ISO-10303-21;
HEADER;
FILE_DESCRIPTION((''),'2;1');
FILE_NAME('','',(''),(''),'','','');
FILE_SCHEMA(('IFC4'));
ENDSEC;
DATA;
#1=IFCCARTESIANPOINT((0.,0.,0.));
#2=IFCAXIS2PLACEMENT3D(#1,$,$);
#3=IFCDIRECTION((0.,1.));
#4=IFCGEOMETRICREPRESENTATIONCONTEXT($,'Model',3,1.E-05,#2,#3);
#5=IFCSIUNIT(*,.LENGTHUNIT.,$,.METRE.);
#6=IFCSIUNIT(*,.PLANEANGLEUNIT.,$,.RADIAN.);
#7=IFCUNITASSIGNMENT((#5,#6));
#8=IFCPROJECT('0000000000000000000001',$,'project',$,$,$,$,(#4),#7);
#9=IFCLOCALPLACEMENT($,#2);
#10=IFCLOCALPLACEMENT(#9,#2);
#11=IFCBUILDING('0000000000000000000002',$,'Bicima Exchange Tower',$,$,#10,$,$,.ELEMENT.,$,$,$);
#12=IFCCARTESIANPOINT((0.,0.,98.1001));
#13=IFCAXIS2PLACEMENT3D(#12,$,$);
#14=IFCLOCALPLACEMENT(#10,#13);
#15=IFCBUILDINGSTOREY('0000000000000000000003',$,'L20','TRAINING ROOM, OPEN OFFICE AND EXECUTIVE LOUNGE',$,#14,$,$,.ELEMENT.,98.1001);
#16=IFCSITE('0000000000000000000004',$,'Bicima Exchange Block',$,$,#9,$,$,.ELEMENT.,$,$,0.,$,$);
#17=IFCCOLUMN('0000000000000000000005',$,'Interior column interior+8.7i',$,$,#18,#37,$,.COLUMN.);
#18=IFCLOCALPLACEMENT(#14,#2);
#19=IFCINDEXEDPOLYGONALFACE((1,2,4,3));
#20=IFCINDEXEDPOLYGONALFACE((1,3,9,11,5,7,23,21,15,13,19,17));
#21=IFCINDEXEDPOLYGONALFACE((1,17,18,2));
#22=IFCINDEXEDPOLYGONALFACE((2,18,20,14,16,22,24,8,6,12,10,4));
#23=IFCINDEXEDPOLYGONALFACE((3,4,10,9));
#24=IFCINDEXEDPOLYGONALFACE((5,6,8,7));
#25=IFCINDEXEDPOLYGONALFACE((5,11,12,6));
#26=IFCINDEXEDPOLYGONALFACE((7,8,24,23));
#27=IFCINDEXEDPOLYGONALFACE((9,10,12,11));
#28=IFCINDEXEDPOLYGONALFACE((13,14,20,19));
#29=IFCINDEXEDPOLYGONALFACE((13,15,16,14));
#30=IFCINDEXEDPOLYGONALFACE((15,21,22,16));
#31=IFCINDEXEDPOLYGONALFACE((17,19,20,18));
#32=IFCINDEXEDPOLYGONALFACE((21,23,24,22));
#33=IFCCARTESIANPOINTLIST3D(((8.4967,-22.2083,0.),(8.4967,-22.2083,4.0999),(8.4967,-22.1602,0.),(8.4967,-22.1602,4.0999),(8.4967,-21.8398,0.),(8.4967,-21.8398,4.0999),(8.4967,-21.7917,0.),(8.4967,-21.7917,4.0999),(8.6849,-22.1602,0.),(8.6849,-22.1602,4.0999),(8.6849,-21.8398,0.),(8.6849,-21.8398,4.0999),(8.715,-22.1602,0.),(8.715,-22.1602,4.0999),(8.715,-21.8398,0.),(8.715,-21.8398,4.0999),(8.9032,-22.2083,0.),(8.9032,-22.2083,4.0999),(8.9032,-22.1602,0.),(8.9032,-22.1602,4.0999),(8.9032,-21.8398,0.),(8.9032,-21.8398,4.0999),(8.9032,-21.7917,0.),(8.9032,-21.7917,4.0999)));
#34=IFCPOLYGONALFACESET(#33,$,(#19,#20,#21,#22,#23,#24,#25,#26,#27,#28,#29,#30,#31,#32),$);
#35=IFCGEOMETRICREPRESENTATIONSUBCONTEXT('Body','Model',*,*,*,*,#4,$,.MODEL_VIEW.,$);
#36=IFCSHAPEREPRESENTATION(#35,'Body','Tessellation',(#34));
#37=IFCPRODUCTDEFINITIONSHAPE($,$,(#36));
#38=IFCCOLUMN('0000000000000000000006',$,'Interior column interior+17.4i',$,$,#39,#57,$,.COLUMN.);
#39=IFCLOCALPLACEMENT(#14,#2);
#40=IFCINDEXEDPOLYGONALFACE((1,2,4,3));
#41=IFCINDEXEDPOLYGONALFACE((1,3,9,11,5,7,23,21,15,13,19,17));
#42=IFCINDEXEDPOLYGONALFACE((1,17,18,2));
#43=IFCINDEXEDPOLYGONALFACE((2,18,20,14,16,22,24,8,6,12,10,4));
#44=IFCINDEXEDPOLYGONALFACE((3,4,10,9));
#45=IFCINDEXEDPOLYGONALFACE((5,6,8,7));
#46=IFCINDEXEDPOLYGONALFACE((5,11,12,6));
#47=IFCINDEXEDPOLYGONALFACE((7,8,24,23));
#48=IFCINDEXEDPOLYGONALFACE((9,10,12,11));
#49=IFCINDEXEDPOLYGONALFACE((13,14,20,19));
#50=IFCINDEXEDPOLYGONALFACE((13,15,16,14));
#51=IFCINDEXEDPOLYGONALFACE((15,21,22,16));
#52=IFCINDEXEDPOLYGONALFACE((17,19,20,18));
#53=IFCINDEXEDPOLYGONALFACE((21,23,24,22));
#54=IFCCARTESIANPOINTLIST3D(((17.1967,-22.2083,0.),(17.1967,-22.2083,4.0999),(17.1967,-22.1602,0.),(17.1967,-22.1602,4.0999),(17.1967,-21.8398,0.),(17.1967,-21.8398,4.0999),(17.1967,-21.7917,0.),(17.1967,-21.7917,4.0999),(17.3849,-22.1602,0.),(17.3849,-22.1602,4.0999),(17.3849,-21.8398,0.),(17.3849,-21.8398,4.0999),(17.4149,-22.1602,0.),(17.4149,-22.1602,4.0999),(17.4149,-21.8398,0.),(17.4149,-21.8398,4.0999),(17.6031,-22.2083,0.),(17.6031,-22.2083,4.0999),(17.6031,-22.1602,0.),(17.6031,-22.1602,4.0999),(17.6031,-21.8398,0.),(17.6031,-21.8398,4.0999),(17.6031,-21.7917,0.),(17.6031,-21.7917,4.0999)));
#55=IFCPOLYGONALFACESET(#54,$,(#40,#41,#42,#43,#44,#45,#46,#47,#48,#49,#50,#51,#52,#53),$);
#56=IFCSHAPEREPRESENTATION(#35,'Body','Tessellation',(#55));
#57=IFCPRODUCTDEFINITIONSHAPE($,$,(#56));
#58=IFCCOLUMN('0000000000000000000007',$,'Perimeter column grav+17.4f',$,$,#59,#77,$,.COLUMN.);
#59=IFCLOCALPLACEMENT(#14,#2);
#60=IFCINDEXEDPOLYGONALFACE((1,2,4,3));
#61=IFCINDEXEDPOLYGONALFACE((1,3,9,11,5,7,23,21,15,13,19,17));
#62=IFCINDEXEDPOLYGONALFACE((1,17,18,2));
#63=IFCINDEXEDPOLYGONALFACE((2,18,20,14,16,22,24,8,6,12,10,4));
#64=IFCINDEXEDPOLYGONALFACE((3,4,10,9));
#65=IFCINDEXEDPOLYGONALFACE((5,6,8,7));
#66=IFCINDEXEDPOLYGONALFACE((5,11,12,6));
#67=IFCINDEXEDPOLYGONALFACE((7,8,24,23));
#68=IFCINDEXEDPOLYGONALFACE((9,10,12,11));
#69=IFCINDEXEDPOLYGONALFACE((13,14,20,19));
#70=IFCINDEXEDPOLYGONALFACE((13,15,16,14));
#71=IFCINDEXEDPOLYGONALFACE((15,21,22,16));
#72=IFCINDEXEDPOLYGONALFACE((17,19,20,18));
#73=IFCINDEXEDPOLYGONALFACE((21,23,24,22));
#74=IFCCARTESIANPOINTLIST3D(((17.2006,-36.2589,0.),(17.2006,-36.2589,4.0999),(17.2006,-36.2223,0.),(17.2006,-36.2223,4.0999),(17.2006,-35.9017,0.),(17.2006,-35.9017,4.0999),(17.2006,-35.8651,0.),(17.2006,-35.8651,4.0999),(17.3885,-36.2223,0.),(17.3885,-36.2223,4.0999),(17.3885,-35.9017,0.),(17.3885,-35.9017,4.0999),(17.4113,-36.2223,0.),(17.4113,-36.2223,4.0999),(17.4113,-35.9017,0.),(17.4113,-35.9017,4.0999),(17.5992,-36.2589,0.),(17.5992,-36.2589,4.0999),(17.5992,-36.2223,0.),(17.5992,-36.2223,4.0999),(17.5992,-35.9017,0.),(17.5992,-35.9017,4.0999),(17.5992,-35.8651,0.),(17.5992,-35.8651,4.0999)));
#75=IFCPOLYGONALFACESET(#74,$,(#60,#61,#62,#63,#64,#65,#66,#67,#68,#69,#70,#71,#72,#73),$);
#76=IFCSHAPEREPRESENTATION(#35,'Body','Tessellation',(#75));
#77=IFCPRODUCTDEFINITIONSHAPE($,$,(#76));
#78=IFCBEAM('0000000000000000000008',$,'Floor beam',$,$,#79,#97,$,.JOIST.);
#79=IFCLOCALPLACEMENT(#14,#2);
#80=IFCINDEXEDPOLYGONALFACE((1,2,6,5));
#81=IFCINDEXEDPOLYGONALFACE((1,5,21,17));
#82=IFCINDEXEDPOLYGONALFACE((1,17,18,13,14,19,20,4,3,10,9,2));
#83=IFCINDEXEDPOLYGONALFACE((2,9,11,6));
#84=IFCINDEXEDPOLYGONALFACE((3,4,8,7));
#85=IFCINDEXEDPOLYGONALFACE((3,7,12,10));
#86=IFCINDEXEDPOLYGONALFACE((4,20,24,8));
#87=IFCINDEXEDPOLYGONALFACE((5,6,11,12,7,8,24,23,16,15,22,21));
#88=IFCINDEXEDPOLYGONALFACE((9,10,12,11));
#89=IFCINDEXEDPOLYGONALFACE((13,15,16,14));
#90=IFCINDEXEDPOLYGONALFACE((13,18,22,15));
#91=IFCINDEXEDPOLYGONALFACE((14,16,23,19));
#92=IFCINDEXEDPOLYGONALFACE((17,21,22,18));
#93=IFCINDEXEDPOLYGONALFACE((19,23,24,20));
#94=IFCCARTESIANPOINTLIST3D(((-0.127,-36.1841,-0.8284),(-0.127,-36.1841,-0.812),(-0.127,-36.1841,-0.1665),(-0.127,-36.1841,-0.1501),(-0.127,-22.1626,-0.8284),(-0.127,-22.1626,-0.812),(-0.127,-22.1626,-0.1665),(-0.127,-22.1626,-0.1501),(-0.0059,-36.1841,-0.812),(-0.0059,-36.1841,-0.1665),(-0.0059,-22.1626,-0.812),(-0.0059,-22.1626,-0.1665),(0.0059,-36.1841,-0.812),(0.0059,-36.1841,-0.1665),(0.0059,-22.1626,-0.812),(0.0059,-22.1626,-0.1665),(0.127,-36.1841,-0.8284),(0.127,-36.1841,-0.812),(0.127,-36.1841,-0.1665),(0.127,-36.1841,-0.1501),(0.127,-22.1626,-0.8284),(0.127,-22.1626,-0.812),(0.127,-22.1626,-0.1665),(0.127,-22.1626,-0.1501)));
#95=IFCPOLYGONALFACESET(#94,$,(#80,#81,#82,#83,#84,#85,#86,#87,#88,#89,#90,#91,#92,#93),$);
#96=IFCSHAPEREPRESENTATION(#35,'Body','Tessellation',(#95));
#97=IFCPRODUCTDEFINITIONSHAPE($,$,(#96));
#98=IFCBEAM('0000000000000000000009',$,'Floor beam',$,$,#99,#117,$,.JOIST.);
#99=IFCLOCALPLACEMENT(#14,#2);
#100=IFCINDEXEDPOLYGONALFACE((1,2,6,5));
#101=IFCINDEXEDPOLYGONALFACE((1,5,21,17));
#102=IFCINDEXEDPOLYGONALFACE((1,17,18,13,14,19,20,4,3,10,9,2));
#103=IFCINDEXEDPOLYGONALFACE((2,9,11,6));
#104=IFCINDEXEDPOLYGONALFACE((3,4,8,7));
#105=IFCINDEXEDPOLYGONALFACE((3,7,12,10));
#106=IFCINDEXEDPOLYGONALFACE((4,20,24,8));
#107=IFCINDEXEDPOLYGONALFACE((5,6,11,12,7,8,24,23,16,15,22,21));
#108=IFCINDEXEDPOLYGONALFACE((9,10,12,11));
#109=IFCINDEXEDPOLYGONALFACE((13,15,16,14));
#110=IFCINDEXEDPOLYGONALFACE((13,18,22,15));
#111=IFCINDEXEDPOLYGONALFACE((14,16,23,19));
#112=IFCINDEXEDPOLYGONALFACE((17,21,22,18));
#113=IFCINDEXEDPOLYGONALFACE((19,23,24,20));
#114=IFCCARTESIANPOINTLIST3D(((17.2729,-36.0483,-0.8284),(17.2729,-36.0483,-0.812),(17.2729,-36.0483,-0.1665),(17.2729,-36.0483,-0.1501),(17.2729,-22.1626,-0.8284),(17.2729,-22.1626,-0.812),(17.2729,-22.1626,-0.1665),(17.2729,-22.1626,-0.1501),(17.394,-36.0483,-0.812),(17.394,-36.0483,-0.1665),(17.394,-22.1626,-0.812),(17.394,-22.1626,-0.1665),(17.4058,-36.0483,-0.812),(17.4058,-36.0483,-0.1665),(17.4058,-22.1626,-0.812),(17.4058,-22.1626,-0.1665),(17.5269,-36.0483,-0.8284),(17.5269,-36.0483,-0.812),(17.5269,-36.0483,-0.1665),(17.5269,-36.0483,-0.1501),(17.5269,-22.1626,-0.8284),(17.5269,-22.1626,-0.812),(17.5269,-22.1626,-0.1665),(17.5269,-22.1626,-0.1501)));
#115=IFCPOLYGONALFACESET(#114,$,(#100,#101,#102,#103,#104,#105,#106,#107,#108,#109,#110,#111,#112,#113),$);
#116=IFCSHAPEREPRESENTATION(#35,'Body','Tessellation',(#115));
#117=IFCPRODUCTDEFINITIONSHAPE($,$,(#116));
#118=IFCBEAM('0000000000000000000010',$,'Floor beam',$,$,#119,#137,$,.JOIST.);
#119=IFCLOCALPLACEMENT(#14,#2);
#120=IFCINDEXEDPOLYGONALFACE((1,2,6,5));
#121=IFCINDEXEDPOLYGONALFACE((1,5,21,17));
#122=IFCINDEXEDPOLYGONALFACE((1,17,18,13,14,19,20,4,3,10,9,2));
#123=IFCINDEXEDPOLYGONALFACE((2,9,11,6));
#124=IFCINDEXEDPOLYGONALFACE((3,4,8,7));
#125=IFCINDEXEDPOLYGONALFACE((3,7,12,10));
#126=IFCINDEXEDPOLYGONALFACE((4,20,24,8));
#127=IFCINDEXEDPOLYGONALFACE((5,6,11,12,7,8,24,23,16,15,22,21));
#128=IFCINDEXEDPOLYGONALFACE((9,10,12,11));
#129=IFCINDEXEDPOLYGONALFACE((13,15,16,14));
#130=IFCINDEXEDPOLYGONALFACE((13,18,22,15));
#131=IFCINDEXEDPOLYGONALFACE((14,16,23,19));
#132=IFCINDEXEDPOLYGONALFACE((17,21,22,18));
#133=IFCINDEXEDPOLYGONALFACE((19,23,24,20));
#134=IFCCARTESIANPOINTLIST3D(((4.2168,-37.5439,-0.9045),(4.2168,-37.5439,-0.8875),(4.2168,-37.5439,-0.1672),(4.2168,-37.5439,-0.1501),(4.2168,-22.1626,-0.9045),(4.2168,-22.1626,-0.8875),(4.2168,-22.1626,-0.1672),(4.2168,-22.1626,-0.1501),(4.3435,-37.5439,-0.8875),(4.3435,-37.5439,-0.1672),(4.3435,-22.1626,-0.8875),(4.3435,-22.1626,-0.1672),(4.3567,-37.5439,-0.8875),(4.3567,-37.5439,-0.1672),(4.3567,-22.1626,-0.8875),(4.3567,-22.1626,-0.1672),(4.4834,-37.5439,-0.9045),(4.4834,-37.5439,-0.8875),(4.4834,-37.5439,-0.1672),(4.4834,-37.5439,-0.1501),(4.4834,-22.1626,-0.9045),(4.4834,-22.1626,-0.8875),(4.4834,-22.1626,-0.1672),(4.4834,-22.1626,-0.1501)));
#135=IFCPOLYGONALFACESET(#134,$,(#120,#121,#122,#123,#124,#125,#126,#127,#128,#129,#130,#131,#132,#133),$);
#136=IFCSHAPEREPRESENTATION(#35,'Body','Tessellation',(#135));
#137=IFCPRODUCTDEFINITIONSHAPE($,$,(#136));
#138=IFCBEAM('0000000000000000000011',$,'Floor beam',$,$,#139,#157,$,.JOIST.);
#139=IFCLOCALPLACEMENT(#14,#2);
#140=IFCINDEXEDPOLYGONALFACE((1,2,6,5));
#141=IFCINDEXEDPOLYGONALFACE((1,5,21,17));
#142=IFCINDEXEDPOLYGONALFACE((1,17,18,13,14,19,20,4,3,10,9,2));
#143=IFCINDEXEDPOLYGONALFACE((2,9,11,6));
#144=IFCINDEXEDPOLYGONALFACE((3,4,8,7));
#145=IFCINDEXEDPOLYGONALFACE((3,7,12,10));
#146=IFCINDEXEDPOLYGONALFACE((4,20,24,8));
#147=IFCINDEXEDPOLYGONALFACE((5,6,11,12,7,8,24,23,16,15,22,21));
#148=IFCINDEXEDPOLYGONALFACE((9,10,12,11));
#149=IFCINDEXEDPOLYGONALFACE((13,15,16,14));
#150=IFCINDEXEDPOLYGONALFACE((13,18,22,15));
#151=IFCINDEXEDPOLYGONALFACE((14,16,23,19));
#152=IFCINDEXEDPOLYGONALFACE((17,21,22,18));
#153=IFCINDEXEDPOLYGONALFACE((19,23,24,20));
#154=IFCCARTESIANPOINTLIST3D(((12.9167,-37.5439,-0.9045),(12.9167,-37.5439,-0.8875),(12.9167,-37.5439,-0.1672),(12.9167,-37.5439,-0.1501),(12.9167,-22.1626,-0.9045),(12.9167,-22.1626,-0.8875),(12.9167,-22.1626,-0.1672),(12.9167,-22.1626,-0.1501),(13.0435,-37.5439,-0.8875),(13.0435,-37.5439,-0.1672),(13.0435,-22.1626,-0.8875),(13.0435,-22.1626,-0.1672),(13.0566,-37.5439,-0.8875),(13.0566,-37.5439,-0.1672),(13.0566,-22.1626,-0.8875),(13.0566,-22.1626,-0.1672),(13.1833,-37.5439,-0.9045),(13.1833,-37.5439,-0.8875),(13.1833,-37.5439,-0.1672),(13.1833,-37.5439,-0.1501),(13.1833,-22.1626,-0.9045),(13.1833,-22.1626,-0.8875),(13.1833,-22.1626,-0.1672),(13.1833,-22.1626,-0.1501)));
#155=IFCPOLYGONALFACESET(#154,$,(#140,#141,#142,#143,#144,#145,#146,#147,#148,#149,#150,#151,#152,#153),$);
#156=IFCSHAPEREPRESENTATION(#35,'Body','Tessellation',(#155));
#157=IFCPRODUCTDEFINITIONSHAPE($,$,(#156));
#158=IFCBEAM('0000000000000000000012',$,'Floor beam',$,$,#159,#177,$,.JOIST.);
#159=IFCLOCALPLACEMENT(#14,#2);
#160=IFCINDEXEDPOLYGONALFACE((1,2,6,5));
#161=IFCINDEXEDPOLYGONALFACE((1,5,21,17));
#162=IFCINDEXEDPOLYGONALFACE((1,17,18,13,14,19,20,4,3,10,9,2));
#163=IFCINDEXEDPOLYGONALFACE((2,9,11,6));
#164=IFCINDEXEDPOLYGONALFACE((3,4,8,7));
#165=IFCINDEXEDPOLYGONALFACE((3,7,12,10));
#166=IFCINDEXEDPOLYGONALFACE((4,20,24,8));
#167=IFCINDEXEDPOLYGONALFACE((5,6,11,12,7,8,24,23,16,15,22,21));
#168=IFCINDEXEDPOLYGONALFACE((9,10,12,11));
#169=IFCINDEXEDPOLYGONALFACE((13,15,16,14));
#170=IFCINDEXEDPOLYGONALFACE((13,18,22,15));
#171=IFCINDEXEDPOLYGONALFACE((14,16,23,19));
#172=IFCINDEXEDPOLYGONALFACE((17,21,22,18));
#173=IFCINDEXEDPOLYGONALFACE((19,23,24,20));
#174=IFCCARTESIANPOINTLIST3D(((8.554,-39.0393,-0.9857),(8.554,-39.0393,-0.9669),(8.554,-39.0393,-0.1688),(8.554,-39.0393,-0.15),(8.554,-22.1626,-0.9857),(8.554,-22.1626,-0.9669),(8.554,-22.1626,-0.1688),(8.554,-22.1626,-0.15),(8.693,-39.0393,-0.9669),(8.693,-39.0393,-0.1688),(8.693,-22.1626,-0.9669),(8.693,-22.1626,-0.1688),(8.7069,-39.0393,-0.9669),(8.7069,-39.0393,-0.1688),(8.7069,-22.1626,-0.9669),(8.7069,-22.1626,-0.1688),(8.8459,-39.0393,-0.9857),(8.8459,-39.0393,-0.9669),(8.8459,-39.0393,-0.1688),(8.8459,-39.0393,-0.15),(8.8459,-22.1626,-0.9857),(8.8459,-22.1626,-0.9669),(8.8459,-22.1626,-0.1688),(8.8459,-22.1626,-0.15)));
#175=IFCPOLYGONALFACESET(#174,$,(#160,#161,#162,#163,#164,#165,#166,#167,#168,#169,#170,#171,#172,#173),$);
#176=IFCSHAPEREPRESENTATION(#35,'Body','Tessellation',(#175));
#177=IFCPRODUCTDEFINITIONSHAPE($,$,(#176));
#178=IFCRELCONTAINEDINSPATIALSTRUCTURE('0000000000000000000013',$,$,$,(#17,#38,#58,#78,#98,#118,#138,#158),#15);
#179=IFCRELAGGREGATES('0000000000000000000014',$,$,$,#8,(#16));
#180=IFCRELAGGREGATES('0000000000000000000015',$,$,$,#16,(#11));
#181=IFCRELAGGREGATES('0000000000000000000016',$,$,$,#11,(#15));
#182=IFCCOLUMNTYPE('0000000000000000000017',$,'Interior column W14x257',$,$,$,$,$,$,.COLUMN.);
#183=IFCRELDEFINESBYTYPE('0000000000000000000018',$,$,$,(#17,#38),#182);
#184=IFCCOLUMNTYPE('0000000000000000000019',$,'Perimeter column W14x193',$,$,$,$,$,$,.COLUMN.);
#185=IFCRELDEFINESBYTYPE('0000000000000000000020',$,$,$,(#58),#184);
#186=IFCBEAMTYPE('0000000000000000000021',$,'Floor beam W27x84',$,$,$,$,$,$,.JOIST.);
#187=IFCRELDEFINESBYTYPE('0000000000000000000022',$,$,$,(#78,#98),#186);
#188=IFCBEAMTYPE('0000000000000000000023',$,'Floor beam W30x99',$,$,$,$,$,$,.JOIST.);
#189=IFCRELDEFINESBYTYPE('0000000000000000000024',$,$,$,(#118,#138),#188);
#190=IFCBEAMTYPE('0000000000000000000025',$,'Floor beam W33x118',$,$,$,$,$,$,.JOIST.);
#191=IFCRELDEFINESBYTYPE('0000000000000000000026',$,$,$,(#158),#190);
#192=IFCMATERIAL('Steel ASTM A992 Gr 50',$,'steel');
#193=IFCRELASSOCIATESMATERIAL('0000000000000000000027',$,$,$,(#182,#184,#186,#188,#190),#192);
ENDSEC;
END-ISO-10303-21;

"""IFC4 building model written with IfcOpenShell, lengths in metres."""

from ifc_helpers import new_model, si_unit, direction, frame, origin, origin_2d, place, context, subcontext, project, spatial, i_section, extrude, material, material_profile, profile_set, type_object, element, save


model = new_model("IFC4")

# Units and contexts
model_context = context("Model", 3, precision=1e-05, world=origin(), true_north=direction((0.0, 1.0)))
body_context = subcontext(model_context, "Body", "Model", "MODEL_VIEW")
ifc_project = project(units=[si_unit("LENGTHUNIT", "METRE"), si_unit("PLANEANGLEUNIT", "RADIAN")], contexts=[model_context])

# Site, building, storey
site_placement = place(None, origin())
site = spatial("IfcSite", under=ifc_project, at=site_placement, Name="Bicima Exchange Block", CompositionType="ELEMENT", RefElevation=0.0)
building_placement = place(site_placement, origin())
building = spatial("IfcBuilding", under=site, at=building_placement, Name="Bicima Exchange Tower", CompositionType="ELEMENT")
storey_placement = place(building_placement, frame((0.0, 0.0, 98.1001)))
storey = spatial("IfcBuildingStorey", under=building, at=storey_placement, Name="L20", Description="TRAINING ROOM, OPEN OFFICE AND EXECUTIVE LOUNGE", CompositionType="ELEMENT", Elevation=98.1001)

# Columns
ifc_material_1 = material(Name="Steel ASTM A992 Gr 50", Category="steel")
ifc_material_profile_1 = material_profile(ifc_material_1, i_section(OverallWidth=0.4065, OverallDepth=0.4165, WebThickness=0.03, FlangeThickness=0.0481, at=origin_2d()))
ifc_profile_set_1 = profile_set([ifc_material_profile_1], Name="Steel ASTM A992 Gr 50")
column_type_1 = type_object("IfcColumnType", Name="Interior column W14x257", PredefinedType="COLUMN", material=ifc_profile_set_1)
for number, where, z_axis, x_axis, name in (
    (1, (8.7, -22.0, 0.0), (0.0, 0.0, 1.0), (1.0, 0.0, 0.0), "Interior column interior+8.7i"),
    (2, (17.3999, -22.0, 0.0), (0.0, 0.0, 1.0), (1.0, 0.0, 0.0), "Interior column interior+17.4i"),
):
    element("IfcColumn", number, at=place(storey_placement, frame(where, z_axis=z_axis, x_axis=x_axis)), inside=storey, type_object=column_type_1, Name=name, PredefinedType="COLUMN", context=body_context, shape_type="SweptSolid", body=[
        extrude(i_section(OverallWidth=0.4065, OverallDepth=0.4165, WebThickness=0.03, FlangeThickness=0.0481, at=origin_2d()), origin(), (0.0, 0.0, 1.0), 4.0999),
    ])
ifc_material_profile_2 = material_profile(ifc_material_1, i_section(OverallWidth=0.3987, OverallDepth=0.3938, WebThickness=0.0227, FlangeThickness=0.0366, at=origin_2d()))
ifc_profile_set_2 = profile_set([ifc_material_profile_2], Name="Steel ASTM A992 Gr 50")
column_type_2 = type_object("IfcColumnType", Name="Perimeter column W14x193", PredefinedType="COLUMN", material=ifc_profile_set_2)
column_placement = place(storey_placement, frame((17.3999, -36.062, 0.0), z_axis=(0.0, 0.0, 1.0), x_axis=(1.0, 0.0, 0.0)))
element("IfcColumn", 3, at=column_placement, inside=storey, type_object=column_type_2, Name="Perimeter column grav+17.4f", PredefinedType="COLUMN", context=body_context, shape_type="SweptSolid", body=[
    extrude(i_section(OverallWidth=0.3987, OverallDepth=0.3938, WebThickness=0.0227, FlangeThickness=0.0366, at=origin_2d()), origin(), (0.0, 0.0, 1.0), 4.0999),
])

# Beams
ifc_material_profile_3 = material_profile(ifc_material_1, i_section(OverallWidth=0.2539, OverallDepth=0.6782, WebThickness=0.0117, FlangeThickness=0.0164, at=origin_2d()))
ifc_profile_set_3 = profile_set([ifc_material_profile_3], Name="Steel ASTM A992 Gr 50")
beam_type_1 = type_object("IfcBeamType", Name="Floor beam W27x84", PredefinedType="JOIST", material=ifc_profile_set_3)
beam_1_placement = place(storey_placement, frame((0.0, -22.1626, -0.4893), z_axis=(0.0, -1.0, 0.0), x_axis=(1.0, 0.0, 0.0)))
element("IfcBeam", 4, at=beam_1_placement, inside=storey, type_object=beam_type_1, Name="Floor beam", PredefinedType="JOIST", context=body_context, shape_type="SweptSolid", body=[
    extrude(i_section(OverallWidth=0.2539, OverallDepth=0.6782, WebThickness=0.0117, FlangeThickness=0.0164, at=origin_2d()), origin(), (0.0, 0.0, 1.0), 14.0215),
])
beam_2_placement = place(storey_placement, frame((17.3999, -22.1626, -0.4893), z_axis=(0.0, -1.0, 0.0), x_axis=(1.0, 0.0, 0.0)))
element("IfcBeam", 5, at=beam_2_placement, inside=storey, type_object=beam_type_1, Name="Floor beam", PredefinedType="JOIST", context=body_context, shape_type="SweptSolid", body=[
    extrude(i_section(OverallWidth=0.2539, OverallDepth=0.6782, WebThickness=0.0117, FlangeThickness=0.0164, at=origin_2d()), origin(), (0.0, 0.0, 1.0), 13.8857),
])
ifc_material_profile_4 = material_profile(ifc_material_1, i_section(OverallWidth=0.2666, OverallDepth=0.7544, WebThickness=0.0132, FlangeThickness=0.0171, at=origin_2d()))
ifc_profile_set_4 = profile_set([ifc_material_profile_4], Name="Steel ASTM A992 Gr 50")
beam_type_2 = type_object("IfcBeamType", Name="Floor beam W30x99", PredefinedType="JOIST", material=ifc_profile_set_4)
for number, where, z_axis, x_axis, name in (
    (6, (4.3501, -22.1626, -0.5273), (0.0, -1.0, 0.0), (1.0, 0.0, 0.0), "Floor beam"),
    (7, (13.05, -22.1626, -0.5273), (0.0, -1.0, 0.0), (1.0, 0.0, 0.0), "Floor beam"),
):
    element("IfcBeam", number, at=place(storey_placement, frame(where, z_axis=z_axis, x_axis=x_axis)), inside=storey, type_object=beam_type_2, Name=name, PredefinedType="JOIST", context=body_context, shape_type="SweptSolid", body=[
        extrude(i_section(OverallWidth=0.2666, OverallDepth=0.7544, WebThickness=0.0132, FlangeThickness=0.0171, at=origin_2d()), origin(), (0.0, 0.0, 1.0), 15.3813),
    ])
ifc_material_profile_5 = material_profile(ifc_material_1, i_section(OverallWidth=0.292, OverallDepth=0.8357, WebThickness=0.0139, FlangeThickness=0.0188, at=origin_2d()))
ifc_profile_set_5 = profile_set([ifc_material_profile_5], Name="Steel ASTM A992 Gr 50")
beam_type_3 = type_object("IfcBeamType", Name="Floor beam W33x118", PredefinedType="JOIST", material=ifc_profile_set_5)
beam_3_placement = place(storey_placement, frame((8.7, -22.1626, -0.5679), z_axis=(0.0, -1.0, 0.0), x_axis=(1.0, 0.0, 0.0)))
element("IfcBeam", 8, at=beam_3_placement, inside=storey, type_object=beam_type_3, Name="Floor beam", PredefinedType="JOIST", context=body_context, shape_type="SweptSolid", body=[
    extrude(i_section(OverallWidth=0.292, OverallDepth=0.8357, WebThickness=0.0139, FlangeThickness=0.0188, at=origin_2d()), origin(), (0.0, 0.0, 1.0), 16.8767),
])

save(model, "model.ifc")
